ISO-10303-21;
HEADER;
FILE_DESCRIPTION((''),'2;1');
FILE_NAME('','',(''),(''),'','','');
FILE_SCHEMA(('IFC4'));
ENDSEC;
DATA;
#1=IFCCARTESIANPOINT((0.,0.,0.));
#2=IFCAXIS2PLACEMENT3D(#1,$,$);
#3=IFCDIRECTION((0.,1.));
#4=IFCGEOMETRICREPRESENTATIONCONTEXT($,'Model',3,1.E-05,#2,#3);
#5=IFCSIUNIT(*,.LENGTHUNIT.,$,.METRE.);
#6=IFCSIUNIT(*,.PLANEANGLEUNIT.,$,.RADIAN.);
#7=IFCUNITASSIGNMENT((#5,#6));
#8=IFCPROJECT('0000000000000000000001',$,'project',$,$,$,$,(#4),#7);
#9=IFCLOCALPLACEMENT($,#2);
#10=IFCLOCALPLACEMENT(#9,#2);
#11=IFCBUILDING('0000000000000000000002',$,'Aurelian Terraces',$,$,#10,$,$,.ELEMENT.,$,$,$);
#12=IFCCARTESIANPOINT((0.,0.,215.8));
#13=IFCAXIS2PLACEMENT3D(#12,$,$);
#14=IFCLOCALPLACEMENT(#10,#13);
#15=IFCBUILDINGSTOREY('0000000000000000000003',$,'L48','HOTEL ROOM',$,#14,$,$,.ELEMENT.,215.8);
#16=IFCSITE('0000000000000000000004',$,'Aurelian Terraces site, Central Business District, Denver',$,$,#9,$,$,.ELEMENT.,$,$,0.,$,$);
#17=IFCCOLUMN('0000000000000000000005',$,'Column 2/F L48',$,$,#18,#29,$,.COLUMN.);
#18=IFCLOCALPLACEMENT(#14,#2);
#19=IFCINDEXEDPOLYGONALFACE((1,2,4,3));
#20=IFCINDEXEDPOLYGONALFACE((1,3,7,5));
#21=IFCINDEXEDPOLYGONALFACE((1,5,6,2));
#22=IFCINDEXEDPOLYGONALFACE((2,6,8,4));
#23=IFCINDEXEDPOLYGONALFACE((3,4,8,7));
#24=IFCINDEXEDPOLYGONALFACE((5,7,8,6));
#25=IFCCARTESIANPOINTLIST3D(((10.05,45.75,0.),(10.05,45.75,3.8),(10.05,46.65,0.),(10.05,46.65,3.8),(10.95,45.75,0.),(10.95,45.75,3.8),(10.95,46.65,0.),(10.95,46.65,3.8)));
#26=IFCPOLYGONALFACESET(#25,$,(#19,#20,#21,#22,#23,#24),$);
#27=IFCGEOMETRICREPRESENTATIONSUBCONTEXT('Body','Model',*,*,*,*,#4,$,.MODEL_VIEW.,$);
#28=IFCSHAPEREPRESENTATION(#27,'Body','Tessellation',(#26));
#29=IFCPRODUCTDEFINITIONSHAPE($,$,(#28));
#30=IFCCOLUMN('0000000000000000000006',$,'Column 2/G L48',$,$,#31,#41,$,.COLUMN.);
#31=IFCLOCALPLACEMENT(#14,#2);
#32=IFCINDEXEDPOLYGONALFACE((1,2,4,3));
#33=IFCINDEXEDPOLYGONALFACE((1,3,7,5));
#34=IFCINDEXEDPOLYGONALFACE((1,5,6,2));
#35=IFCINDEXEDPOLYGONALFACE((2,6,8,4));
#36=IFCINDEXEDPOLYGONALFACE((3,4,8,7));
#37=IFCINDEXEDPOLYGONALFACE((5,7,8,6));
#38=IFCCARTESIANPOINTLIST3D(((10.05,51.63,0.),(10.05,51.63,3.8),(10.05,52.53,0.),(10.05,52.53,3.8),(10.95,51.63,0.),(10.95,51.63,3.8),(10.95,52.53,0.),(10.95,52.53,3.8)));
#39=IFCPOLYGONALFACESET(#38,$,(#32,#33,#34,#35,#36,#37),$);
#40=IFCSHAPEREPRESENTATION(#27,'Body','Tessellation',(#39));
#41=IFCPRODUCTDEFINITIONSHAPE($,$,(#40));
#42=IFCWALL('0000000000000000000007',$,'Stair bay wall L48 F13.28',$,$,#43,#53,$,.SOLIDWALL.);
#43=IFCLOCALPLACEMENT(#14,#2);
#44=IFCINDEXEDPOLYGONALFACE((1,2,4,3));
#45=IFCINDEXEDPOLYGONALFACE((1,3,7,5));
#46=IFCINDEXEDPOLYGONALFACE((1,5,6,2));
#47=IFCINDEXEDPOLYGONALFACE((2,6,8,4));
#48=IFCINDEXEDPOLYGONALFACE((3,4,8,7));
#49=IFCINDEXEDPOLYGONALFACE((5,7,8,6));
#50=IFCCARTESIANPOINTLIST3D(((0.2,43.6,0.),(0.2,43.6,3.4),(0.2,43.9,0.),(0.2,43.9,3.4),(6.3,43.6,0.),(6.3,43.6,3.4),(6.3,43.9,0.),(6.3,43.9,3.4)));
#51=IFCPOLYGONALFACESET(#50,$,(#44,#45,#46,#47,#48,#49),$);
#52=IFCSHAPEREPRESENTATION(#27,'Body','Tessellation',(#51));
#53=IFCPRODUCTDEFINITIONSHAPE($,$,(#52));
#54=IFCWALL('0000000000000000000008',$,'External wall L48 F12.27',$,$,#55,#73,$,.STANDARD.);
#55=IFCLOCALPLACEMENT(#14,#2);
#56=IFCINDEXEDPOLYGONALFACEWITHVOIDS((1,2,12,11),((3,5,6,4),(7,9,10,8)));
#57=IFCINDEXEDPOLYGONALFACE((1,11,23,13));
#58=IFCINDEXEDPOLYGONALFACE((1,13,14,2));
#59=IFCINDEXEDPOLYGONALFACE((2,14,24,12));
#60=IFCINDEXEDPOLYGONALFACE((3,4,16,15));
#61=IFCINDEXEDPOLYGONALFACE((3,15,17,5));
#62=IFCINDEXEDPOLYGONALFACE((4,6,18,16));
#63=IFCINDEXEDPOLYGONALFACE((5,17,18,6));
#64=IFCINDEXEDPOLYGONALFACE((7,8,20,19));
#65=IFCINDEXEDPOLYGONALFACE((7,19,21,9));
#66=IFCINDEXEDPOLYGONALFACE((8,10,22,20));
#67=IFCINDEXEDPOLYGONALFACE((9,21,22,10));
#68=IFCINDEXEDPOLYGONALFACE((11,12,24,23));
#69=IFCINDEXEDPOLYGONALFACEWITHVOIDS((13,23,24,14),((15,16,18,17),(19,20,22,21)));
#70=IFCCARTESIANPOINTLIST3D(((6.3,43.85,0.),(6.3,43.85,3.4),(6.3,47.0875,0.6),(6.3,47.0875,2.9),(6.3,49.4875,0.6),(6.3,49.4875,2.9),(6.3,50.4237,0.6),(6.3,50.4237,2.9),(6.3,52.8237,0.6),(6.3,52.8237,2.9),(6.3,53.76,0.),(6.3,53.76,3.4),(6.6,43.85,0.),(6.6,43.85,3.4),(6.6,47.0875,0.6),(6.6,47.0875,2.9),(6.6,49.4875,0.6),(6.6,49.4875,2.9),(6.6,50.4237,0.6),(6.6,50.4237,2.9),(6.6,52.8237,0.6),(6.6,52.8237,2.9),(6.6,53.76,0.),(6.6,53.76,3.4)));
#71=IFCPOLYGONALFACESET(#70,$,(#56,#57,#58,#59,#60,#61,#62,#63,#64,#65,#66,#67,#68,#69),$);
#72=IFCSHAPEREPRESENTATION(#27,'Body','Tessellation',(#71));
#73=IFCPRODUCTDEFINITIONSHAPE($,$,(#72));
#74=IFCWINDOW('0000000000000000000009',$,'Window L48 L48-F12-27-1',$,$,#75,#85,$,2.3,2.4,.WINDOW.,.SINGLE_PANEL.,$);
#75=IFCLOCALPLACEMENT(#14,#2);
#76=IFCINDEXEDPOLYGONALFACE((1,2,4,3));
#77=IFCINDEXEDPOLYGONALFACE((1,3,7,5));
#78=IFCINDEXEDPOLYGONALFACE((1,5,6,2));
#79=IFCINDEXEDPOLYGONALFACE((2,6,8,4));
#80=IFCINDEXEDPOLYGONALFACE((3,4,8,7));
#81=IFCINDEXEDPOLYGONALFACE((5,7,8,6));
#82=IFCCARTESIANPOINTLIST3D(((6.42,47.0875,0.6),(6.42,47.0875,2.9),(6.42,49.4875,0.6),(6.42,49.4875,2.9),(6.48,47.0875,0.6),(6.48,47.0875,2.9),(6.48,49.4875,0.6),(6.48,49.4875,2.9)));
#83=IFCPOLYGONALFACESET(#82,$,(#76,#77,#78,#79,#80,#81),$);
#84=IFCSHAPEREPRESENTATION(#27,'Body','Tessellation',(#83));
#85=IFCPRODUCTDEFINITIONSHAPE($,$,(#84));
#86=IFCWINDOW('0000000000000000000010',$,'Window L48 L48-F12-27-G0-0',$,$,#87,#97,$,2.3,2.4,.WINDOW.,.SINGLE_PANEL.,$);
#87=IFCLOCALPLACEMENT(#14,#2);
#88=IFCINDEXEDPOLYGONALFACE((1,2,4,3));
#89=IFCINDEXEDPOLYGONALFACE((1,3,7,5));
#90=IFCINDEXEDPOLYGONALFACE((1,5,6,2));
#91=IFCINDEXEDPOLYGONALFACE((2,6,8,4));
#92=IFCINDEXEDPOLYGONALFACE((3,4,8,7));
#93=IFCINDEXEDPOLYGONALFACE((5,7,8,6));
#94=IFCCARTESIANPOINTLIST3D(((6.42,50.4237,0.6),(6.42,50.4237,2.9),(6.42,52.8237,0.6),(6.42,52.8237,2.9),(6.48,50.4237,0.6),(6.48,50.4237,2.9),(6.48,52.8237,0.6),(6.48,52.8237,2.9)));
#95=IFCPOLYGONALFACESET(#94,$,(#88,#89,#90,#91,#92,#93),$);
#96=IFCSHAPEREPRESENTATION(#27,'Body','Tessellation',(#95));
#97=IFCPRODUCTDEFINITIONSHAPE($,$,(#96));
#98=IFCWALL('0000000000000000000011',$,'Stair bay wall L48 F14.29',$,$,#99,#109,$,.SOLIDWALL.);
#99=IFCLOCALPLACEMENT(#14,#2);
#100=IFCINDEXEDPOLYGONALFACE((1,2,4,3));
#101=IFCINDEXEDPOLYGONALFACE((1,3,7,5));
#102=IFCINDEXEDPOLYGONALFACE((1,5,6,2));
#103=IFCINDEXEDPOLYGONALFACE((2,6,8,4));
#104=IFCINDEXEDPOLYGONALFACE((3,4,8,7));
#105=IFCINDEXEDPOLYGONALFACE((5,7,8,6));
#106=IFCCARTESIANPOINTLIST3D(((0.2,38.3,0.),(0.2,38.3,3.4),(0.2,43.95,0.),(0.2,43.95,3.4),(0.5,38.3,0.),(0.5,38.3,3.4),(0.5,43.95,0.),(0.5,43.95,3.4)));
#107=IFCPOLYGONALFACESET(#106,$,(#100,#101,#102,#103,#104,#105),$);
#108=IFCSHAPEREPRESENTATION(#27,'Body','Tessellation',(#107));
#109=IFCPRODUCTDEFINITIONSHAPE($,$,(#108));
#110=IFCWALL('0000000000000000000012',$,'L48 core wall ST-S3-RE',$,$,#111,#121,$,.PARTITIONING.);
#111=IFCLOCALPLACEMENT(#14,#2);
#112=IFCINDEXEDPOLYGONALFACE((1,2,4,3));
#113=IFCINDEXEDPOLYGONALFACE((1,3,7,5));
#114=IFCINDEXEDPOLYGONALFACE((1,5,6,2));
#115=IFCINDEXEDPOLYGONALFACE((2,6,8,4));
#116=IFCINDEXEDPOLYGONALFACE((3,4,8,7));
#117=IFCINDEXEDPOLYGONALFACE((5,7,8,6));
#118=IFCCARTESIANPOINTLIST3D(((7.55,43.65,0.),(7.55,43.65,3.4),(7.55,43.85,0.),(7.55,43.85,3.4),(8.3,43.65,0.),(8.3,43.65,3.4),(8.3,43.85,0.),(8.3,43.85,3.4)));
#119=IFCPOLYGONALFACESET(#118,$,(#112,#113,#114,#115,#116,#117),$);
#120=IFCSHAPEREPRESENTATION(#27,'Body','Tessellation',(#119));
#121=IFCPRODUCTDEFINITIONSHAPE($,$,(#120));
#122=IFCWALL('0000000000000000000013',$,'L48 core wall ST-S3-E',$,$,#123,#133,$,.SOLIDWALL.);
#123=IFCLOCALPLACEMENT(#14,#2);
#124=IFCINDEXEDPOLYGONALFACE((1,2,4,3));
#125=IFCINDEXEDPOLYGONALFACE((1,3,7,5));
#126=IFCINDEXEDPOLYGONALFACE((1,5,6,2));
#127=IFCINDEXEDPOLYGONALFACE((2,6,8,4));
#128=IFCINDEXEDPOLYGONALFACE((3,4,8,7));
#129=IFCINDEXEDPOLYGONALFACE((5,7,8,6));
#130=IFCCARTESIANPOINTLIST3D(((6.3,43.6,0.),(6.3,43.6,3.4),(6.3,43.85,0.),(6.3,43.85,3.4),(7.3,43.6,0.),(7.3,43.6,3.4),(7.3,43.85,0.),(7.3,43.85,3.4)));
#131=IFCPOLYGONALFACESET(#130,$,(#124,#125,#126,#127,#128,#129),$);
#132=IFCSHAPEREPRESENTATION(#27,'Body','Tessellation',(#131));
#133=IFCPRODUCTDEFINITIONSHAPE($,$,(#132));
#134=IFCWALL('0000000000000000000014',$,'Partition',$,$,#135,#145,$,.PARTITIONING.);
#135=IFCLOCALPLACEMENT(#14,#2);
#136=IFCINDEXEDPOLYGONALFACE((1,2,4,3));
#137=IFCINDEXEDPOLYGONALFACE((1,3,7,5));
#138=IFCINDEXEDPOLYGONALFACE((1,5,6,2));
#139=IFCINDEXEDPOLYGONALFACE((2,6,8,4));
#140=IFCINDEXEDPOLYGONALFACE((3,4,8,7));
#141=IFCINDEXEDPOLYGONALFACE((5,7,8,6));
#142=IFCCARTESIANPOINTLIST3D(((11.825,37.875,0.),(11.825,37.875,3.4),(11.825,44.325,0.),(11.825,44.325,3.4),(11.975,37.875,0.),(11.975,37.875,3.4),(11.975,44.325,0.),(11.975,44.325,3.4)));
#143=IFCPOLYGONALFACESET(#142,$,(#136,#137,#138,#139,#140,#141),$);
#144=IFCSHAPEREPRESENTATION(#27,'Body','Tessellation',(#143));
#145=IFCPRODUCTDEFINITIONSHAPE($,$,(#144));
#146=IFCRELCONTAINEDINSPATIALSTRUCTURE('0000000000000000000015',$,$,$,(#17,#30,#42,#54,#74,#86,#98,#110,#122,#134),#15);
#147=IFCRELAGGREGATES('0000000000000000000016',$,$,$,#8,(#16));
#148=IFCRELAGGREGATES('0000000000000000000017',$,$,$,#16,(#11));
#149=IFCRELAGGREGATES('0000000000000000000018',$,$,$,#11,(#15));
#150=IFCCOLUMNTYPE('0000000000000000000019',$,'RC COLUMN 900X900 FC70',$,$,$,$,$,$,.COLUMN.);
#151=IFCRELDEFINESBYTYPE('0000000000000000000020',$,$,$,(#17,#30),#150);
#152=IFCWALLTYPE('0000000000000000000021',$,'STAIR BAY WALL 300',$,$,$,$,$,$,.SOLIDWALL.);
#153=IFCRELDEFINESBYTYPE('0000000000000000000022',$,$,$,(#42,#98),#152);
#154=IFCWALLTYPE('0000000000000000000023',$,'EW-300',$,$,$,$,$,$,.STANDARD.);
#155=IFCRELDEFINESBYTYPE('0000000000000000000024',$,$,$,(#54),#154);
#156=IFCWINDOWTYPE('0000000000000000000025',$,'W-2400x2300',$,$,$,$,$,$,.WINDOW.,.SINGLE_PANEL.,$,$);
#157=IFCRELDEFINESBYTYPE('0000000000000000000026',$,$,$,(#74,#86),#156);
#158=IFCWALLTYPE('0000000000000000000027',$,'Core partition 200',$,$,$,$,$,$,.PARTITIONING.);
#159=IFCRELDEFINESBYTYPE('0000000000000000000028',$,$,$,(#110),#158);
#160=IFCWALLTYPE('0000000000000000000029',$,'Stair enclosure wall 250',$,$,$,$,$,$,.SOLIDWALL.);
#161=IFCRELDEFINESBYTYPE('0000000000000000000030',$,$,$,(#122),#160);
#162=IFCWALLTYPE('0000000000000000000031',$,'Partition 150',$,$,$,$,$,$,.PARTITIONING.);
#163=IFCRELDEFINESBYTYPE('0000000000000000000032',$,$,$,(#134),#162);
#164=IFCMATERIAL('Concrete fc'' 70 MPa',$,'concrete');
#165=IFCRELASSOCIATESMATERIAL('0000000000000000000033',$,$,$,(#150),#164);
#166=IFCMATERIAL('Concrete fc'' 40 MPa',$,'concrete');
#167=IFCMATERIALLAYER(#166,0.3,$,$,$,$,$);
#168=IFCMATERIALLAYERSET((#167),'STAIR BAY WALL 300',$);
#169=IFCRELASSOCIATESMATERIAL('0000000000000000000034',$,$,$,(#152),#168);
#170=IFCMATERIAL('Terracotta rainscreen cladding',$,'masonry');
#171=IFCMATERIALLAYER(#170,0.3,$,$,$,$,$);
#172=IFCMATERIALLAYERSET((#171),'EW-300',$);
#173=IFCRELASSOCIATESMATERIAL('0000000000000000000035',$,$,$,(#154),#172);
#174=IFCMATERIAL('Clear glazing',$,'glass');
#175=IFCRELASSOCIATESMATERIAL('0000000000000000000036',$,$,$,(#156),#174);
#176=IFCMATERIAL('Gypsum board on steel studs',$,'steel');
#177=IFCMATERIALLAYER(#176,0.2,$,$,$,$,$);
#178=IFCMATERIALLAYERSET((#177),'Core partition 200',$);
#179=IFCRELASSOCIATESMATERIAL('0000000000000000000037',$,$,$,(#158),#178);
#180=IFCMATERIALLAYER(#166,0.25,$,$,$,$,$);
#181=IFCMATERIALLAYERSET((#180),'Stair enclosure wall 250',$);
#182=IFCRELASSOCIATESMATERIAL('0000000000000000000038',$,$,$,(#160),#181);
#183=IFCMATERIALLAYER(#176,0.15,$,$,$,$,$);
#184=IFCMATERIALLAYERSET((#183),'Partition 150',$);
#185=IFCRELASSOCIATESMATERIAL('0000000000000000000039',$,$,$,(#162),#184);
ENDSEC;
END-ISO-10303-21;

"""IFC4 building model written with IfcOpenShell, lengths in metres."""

from ifc_helpers import new_model, si_unit, direction, frame, frame_2d, origin, origin_2d, place, context, subcontext, project, spatial, rectangle, extrude, source, transform, mapped, material, layer, layer_set, material_profile, profile_set, type_object, element, fill, save


model = new_model("IFC4")

# Units and contexts
model_context = context("Model", 3, precision=1e-05, world=origin(), true_north=direction((0.0, 1.0)))
body_context = subcontext(model_context, "Body", "Model", "MODEL_VIEW")
ifc_project = project(units=[si_unit("LENGTHUNIT", "METRE"), si_unit("PLANEANGLEUNIT", "RADIAN")], contexts=[model_context])

# Site, building, storey
site_placement = place(None, origin())
site = spatial("IfcSite", under=ifc_project, at=site_placement, Name="Aurelian Terraces site, Central Business District, Denver", CompositionType="ELEMENT", RefElevation=0.0)
building_placement = place(site_placement, origin())
building = spatial("IfcBuilding", under=site, at=building_placement, Name="Aurelian Terraces", CompositionType="ELEMENT")
storey_placement = place(building_placement, frame((0.0, 0.0, 215.8)))
storey = spatial("IfcBuildingStorey", under=building, at=storey_placement, Name="L48", Description="HOTEL ROOM", CompositionType="ELEMENT", Elevation=215.8)

# Columns
ifc_material_1 = material(Name="Concrete fc' 70 MPa", Category="concrete")
ifc_material_profile = material_profile(ifc_material_1, rectangle(XDim=0.9, YDim=0.9, at=origin_2d()))
ifc_profile_set = profile_set([ifc_material_profile], Name="Concrete fc' 70 MPa")
column_type = type_object("IfcColumnType", Name="RC COLUMN 900X900 FC70", PredefinedType="COLUMN", material=ifc_profile_set)
shared_shape_1 = source(origin(), body_context, "Body", "SweptSolid", [
    extrude(rectangle(XDim=0.9, YDim=0.9, at=origin_2d()), origin(), (0.0, 0.0, 1.0), 3.8),
])
for number, where, z_axis, x_axis, name in (
    (1, (10.5, 46.2, 0.0), (0.0, 0.0, 1.0), (1.0, 0.0, 0.0), "Column 2/F L48"),
    (2, (10.5, 52.08, 0.0), (0.0, 0.0, 1.0), (1.0, 0.0, 0.0), "Column 2/G L48"),
):
    element("IfcColumn", number, at=place(storey_placement, frame(where, z_axis=z_axis, x_axis=x_axis)), inside=storey, type_object=column_type, Name=name, PredefinedType="COLUMN", context=body_context, shape_type="MappedRepresentation", body=[
        mapped(shared_shape_1, transform((0.0, 0.0, 0.0), scale=1.0)),
    ])

# Wall
ifc_material_2 = material(Name="Concrete fc' 40 MPa", Category="concrete")
ifc_layer_1 = layer(ifc_material_2, 0.3)
ifc_layer_set_1 = layer_set([ifc_layer_1], Name="STAIR BAY WALL 300")
wall_type_1 = type_object("IfcWallType", Name="STAIR BAY WALL 300", PredefinedType="SOLIDWALL", material=ifc_layer_set_1)
shared_shape_2 = source(origin(), body_context, "Body", "SweptSolid", [
    extrude(rectangle(XDim=6.1, YDim=0.3, at=frame_2d((3.05, 0.0))), origin(), (0.0, 0.0, 1.0), 3.4),
])
wall_1_placement = place(storey_placement, frame((6.3, 43.75, 0.0), z_axis=(0.0, 0.0, 1.0), x_axis=(-1.0, 0.0, 0.0)))
element("IfcWall", 3, at=wall_1_placement, inside=storey, type_object=wall_type_1, Name="Stair bay wall L48 F13.28", PredefinedType="SOLIDWALL", context=body_context, shape_type="MappedRepresentation", body=[
    mapped(shared_shape_2, transform((0.0, 0.0, 0.0), scale=1.0)),
])

# Wall, openings, windows
ifc_material_3 = material(Name="Terracotta rainscreen cladding", Category="masonry")
ifc_layer_2 = layer(ifc_material_3, 0.3)
ifc_layer_set_2 = layer_set([ifc_layer_2], Name="EW-300")
wall_type_2 = type_object("IfcWallType", Name="EW-300", PredefinedType="STANDARD", material=ifc_layer_set_2)
shared_shape_3 = source(origin(), body_context, "Body", "SweptSolid", [
    extrude(rectangle(XDim=9.91, YDim=0.3, at=frame_2d((4.955, 0.0))), origin(), (0.0, 0.0, 1.0), 3.4),
])
wall_2_placement = place(storey_placement, frame((6.45, 53.76, 0.0), z_axis=(0.0, 0.0, 1.0), x_axis=(0.0, -1.0, 0.0)))
wall_2 = element("IfcWall", 4, at=wall_2_placement, inside=storey, type_object=wall_type_2, Name="External wall L48 F12.27", PredefinedType="STANDARD", context=body_context, shape_type="MappedRepresentation", body=[
    mapped(shared_shape_3, transform((0.0, 0.0, 0.0), scale=1.0)),
])
shared_shape_4 = source(origin(), body_context, "Body", "SweptSolid", [
    extrude(rectangle(XDim=2.4, YDim=2.3, at=frame_2d((1.2, 1.15))), frame((0.0, 0.16, 0.0), z_axis=(0.0, -1.0, 0.0), x_axis=(1.0, 0.0, 0.0)), (0.0, 0.0, 1.0), 0.32),
])
opening_1_placement = place(wall_2_placement, frame((4.2725, 0.0, 0.6)))
opening_1 = element("IfcOpeningElement", 5, at=opening_1_placement, cuts=wall_2, PredefinedType="OPENING", context=body_context, shape_type="MappedRepresentation", body=[
    mapped(shared_shape_4, transform((0.0, 0.0, 0.0), scale=1.0)),
])
opening_2_placement = place(wall_2_placement, frame((0.9363, 0.0, 0.6)))
opening_2 = element("IfcOpeningElement", 6, at=opening_2_placement, cuts=wall_2, PredefinedType="OPENING", context=body_context, shape_type="MappedRepresentation", body=[
    mapped(shared_shape_4, transform((0.0, 0.0, 0.0), scale=1.0)),
])
ifc_material_4 = material(Name="Clear glazing", Category="glass")
window_type = type_object("IfcWindowType", Name="W-2400x2300", PartitioningType="SINGLE_PANEL", PredefinedType="WINDOW", material=ifc_material_4)
shared_shape_5 = source(origin(), body_context, "Body", "SweptSolid", [
    extrude(rectangle(XDim=2.4, YDim=2.3, at=frame_2d((1.2, 1.15))), frame((0.0, 0.03, 0.0), z_axis=(0.0, -1.0, 0.0), x_axis=(1.0, 0.0, 0.0)), (0.0, 0.0, 1.0), 0.06),
])
window_1_placement = place(opening_1_placement, origin())
window_1 = element("IfcWindow", 7, at=window_1_placement, inside=storey, type_object=window_type, Name="Window L48 L48-F12-27-1", OverallHeight=2.3, OverallWidth=2.4, PartitioningType="SINGLE_PANEL", PredefinedType="WINDOW", context=body_context, shape_type="MappedRepresentation", body=[
    mapped(shared_shape_5, transform((0.0, 0.0, 0.0), scale=1.0)),
])
fill(opening_1, window_1)
window_2_placement = place(opening_2_placement, origin())
window_2 = element("IfcWindow", 8, at=window_2_placement, inside=storey, type_object=window_type, Name="Window L48 L48-F12-27-G0-0", OverallHeight=2.3, OverallWidth=2.4, PartitioningType="SINGLE_PANEL", PredefinedType="WINDOW", context=body_context, shape_type="MappedRepresentation", body=[
    mapped(shared_shape_5, transform((0.0, 0.0, 0.0), scale=1.0)),
])
fill(opening_2, window_2)

# Walls
shared_shape_6 = source(origin(), body_context, "Body", "SweptSolid", [
    extrude(rectangle(XDim=5.65, YDim=0.3, at=frame_2d((2.825, 0.0))), origin(), (0.0, 0.0, 1.0), 3.4),
])
wall_3_placement = place(storey_placement, frame((0.35, 43.95, 0.0), z_axis=(0.0, 0.0, 1.0), x_axis=(0.0, -1.0, 0.0)))
element("IfcWall", 9, at=wall_3_placement, inside=storey, type_object=wall_type_1, Name="Stair bay wall L48 F14.29", PredefinedType="SOLIDWALL", context=body_context, shape_type="MappedRepresentation", body=[
    mapped(shared_shape_6, transform((0.0, 0.0, 0.0), scale=1.0)),
])
ifc_material_5 = material(Name="Gypsum board on steel studs", Category="steel")
ifc_layer_3 = layer(ifc_material_5, 0.2)
ifc_layer_set_3 = layer_set([ifc_layer_3], Name="Core partition 200")
wall_type_3 = type_object("IfcWallType", Name="Core partition 200", PredefinedType="PARTITIONING", material=ifc_layer_set_3)
shared_shape_7 = source(origin(), body_context, "Body", "SweptSolid", [
    extrude(rectangle(XDim=0.75, YDim=0.2, at=frame_2d((0.375, 0.0))), origin(), (0.0, 0.0, 1.0), 3.4),
])
wall_4_placement = place(storey_placement, frame((7.55, 43.75, 0.0), z_axis=(0.0, 0.0, 1.0), x_axis=(1.0, 0.0, 0.0)))
element("IfcWall", 10, at=wall_4_placement, inside=storey, type_object=wall_type_3, Name="L48 core wall ST-S3-RE", PredefinedType="PARTITIONING", context=body_context, shape_type="MappedRepresentation", body=[
    mapped(shared_shape_7, transform((0.0, 0.0, 0.0), scale=1.0)),
])
ifc_layer_4 = layer(ifc_material_2, 0.25)
ifc_layer_set_4 = layer_set([ifc_layer_4], Name="Stair enclosure wall 250")
wall_type_4 = type_object("IfcWallType", Name="Stair enclosure wall 250", PredefinedType="SOLIDWALL", material=ifc_layer_set_4)
shared_shape_8 = source(origin(), body_context, "Body", "SweptSolid", [
    extrude(rectangle(XDim=1.0, YDim=0.25, at=frame_2d((0.5, 0.0))), origin(), (0.0, 0.0, 1.0), 3.4),
])
wall_5_placement = place(storey_placement, frame((6.3, 43.725, 0.0), z_axis=(0.0, 0.0, 1.0), x_axis=(1.0, 0.0, 0.0)))
element("IfcWall", 11, at=wall_5_placement, inside=storey, type_object=wall_type_4, Name="L48 core wall ST-S3-E", PredefinedType="SOLIDWALL", context=body_context, shape_type="MappedRepresentation", body=[
    mapped(shared_shape_8, transform((0.0, 0.0, 0.0), scale=1.0)),
])
ifc_layer_5 = layer(ifc_material_5, 0.15)
ifc_layer_set_5 = layer_set([ifc_layer_5], Name="Partition 150")
wall_type_5 = type_object("IfcWallType", Name="Partition 150", PredefinedType="PARTITIONING", material=ifc_layer_set_5)
shared_shape_9 = source(origin(), body_context, "Body", "SweptSolid", [
    extrude(rectangle(XDim=6.45, YDim=0.15, at=frame_2d((3.225, 0.0))), origin(), (0.0, 0.0, 1.0), 3.4),
])
wall_6_placement = place(storey_placement, frame((11.9, 44.325, 0.0), z_axis=(0.0, 0.0, 1.0), x_axis=(0.0, -1.0, 0.0)))
element("IfcWall", 12, at=wall_6_placement, inside=storey, type_object=wall_type_5, Name="Partition", PredefinedType="PARTITIONING", context=body_context, shape_type="MappedRepresentation", body=[
    mapped(shared_shape_9, transform((0.0, 0.0, 0.0), scale=1.0)),
])

save(model, "model.ifc")
